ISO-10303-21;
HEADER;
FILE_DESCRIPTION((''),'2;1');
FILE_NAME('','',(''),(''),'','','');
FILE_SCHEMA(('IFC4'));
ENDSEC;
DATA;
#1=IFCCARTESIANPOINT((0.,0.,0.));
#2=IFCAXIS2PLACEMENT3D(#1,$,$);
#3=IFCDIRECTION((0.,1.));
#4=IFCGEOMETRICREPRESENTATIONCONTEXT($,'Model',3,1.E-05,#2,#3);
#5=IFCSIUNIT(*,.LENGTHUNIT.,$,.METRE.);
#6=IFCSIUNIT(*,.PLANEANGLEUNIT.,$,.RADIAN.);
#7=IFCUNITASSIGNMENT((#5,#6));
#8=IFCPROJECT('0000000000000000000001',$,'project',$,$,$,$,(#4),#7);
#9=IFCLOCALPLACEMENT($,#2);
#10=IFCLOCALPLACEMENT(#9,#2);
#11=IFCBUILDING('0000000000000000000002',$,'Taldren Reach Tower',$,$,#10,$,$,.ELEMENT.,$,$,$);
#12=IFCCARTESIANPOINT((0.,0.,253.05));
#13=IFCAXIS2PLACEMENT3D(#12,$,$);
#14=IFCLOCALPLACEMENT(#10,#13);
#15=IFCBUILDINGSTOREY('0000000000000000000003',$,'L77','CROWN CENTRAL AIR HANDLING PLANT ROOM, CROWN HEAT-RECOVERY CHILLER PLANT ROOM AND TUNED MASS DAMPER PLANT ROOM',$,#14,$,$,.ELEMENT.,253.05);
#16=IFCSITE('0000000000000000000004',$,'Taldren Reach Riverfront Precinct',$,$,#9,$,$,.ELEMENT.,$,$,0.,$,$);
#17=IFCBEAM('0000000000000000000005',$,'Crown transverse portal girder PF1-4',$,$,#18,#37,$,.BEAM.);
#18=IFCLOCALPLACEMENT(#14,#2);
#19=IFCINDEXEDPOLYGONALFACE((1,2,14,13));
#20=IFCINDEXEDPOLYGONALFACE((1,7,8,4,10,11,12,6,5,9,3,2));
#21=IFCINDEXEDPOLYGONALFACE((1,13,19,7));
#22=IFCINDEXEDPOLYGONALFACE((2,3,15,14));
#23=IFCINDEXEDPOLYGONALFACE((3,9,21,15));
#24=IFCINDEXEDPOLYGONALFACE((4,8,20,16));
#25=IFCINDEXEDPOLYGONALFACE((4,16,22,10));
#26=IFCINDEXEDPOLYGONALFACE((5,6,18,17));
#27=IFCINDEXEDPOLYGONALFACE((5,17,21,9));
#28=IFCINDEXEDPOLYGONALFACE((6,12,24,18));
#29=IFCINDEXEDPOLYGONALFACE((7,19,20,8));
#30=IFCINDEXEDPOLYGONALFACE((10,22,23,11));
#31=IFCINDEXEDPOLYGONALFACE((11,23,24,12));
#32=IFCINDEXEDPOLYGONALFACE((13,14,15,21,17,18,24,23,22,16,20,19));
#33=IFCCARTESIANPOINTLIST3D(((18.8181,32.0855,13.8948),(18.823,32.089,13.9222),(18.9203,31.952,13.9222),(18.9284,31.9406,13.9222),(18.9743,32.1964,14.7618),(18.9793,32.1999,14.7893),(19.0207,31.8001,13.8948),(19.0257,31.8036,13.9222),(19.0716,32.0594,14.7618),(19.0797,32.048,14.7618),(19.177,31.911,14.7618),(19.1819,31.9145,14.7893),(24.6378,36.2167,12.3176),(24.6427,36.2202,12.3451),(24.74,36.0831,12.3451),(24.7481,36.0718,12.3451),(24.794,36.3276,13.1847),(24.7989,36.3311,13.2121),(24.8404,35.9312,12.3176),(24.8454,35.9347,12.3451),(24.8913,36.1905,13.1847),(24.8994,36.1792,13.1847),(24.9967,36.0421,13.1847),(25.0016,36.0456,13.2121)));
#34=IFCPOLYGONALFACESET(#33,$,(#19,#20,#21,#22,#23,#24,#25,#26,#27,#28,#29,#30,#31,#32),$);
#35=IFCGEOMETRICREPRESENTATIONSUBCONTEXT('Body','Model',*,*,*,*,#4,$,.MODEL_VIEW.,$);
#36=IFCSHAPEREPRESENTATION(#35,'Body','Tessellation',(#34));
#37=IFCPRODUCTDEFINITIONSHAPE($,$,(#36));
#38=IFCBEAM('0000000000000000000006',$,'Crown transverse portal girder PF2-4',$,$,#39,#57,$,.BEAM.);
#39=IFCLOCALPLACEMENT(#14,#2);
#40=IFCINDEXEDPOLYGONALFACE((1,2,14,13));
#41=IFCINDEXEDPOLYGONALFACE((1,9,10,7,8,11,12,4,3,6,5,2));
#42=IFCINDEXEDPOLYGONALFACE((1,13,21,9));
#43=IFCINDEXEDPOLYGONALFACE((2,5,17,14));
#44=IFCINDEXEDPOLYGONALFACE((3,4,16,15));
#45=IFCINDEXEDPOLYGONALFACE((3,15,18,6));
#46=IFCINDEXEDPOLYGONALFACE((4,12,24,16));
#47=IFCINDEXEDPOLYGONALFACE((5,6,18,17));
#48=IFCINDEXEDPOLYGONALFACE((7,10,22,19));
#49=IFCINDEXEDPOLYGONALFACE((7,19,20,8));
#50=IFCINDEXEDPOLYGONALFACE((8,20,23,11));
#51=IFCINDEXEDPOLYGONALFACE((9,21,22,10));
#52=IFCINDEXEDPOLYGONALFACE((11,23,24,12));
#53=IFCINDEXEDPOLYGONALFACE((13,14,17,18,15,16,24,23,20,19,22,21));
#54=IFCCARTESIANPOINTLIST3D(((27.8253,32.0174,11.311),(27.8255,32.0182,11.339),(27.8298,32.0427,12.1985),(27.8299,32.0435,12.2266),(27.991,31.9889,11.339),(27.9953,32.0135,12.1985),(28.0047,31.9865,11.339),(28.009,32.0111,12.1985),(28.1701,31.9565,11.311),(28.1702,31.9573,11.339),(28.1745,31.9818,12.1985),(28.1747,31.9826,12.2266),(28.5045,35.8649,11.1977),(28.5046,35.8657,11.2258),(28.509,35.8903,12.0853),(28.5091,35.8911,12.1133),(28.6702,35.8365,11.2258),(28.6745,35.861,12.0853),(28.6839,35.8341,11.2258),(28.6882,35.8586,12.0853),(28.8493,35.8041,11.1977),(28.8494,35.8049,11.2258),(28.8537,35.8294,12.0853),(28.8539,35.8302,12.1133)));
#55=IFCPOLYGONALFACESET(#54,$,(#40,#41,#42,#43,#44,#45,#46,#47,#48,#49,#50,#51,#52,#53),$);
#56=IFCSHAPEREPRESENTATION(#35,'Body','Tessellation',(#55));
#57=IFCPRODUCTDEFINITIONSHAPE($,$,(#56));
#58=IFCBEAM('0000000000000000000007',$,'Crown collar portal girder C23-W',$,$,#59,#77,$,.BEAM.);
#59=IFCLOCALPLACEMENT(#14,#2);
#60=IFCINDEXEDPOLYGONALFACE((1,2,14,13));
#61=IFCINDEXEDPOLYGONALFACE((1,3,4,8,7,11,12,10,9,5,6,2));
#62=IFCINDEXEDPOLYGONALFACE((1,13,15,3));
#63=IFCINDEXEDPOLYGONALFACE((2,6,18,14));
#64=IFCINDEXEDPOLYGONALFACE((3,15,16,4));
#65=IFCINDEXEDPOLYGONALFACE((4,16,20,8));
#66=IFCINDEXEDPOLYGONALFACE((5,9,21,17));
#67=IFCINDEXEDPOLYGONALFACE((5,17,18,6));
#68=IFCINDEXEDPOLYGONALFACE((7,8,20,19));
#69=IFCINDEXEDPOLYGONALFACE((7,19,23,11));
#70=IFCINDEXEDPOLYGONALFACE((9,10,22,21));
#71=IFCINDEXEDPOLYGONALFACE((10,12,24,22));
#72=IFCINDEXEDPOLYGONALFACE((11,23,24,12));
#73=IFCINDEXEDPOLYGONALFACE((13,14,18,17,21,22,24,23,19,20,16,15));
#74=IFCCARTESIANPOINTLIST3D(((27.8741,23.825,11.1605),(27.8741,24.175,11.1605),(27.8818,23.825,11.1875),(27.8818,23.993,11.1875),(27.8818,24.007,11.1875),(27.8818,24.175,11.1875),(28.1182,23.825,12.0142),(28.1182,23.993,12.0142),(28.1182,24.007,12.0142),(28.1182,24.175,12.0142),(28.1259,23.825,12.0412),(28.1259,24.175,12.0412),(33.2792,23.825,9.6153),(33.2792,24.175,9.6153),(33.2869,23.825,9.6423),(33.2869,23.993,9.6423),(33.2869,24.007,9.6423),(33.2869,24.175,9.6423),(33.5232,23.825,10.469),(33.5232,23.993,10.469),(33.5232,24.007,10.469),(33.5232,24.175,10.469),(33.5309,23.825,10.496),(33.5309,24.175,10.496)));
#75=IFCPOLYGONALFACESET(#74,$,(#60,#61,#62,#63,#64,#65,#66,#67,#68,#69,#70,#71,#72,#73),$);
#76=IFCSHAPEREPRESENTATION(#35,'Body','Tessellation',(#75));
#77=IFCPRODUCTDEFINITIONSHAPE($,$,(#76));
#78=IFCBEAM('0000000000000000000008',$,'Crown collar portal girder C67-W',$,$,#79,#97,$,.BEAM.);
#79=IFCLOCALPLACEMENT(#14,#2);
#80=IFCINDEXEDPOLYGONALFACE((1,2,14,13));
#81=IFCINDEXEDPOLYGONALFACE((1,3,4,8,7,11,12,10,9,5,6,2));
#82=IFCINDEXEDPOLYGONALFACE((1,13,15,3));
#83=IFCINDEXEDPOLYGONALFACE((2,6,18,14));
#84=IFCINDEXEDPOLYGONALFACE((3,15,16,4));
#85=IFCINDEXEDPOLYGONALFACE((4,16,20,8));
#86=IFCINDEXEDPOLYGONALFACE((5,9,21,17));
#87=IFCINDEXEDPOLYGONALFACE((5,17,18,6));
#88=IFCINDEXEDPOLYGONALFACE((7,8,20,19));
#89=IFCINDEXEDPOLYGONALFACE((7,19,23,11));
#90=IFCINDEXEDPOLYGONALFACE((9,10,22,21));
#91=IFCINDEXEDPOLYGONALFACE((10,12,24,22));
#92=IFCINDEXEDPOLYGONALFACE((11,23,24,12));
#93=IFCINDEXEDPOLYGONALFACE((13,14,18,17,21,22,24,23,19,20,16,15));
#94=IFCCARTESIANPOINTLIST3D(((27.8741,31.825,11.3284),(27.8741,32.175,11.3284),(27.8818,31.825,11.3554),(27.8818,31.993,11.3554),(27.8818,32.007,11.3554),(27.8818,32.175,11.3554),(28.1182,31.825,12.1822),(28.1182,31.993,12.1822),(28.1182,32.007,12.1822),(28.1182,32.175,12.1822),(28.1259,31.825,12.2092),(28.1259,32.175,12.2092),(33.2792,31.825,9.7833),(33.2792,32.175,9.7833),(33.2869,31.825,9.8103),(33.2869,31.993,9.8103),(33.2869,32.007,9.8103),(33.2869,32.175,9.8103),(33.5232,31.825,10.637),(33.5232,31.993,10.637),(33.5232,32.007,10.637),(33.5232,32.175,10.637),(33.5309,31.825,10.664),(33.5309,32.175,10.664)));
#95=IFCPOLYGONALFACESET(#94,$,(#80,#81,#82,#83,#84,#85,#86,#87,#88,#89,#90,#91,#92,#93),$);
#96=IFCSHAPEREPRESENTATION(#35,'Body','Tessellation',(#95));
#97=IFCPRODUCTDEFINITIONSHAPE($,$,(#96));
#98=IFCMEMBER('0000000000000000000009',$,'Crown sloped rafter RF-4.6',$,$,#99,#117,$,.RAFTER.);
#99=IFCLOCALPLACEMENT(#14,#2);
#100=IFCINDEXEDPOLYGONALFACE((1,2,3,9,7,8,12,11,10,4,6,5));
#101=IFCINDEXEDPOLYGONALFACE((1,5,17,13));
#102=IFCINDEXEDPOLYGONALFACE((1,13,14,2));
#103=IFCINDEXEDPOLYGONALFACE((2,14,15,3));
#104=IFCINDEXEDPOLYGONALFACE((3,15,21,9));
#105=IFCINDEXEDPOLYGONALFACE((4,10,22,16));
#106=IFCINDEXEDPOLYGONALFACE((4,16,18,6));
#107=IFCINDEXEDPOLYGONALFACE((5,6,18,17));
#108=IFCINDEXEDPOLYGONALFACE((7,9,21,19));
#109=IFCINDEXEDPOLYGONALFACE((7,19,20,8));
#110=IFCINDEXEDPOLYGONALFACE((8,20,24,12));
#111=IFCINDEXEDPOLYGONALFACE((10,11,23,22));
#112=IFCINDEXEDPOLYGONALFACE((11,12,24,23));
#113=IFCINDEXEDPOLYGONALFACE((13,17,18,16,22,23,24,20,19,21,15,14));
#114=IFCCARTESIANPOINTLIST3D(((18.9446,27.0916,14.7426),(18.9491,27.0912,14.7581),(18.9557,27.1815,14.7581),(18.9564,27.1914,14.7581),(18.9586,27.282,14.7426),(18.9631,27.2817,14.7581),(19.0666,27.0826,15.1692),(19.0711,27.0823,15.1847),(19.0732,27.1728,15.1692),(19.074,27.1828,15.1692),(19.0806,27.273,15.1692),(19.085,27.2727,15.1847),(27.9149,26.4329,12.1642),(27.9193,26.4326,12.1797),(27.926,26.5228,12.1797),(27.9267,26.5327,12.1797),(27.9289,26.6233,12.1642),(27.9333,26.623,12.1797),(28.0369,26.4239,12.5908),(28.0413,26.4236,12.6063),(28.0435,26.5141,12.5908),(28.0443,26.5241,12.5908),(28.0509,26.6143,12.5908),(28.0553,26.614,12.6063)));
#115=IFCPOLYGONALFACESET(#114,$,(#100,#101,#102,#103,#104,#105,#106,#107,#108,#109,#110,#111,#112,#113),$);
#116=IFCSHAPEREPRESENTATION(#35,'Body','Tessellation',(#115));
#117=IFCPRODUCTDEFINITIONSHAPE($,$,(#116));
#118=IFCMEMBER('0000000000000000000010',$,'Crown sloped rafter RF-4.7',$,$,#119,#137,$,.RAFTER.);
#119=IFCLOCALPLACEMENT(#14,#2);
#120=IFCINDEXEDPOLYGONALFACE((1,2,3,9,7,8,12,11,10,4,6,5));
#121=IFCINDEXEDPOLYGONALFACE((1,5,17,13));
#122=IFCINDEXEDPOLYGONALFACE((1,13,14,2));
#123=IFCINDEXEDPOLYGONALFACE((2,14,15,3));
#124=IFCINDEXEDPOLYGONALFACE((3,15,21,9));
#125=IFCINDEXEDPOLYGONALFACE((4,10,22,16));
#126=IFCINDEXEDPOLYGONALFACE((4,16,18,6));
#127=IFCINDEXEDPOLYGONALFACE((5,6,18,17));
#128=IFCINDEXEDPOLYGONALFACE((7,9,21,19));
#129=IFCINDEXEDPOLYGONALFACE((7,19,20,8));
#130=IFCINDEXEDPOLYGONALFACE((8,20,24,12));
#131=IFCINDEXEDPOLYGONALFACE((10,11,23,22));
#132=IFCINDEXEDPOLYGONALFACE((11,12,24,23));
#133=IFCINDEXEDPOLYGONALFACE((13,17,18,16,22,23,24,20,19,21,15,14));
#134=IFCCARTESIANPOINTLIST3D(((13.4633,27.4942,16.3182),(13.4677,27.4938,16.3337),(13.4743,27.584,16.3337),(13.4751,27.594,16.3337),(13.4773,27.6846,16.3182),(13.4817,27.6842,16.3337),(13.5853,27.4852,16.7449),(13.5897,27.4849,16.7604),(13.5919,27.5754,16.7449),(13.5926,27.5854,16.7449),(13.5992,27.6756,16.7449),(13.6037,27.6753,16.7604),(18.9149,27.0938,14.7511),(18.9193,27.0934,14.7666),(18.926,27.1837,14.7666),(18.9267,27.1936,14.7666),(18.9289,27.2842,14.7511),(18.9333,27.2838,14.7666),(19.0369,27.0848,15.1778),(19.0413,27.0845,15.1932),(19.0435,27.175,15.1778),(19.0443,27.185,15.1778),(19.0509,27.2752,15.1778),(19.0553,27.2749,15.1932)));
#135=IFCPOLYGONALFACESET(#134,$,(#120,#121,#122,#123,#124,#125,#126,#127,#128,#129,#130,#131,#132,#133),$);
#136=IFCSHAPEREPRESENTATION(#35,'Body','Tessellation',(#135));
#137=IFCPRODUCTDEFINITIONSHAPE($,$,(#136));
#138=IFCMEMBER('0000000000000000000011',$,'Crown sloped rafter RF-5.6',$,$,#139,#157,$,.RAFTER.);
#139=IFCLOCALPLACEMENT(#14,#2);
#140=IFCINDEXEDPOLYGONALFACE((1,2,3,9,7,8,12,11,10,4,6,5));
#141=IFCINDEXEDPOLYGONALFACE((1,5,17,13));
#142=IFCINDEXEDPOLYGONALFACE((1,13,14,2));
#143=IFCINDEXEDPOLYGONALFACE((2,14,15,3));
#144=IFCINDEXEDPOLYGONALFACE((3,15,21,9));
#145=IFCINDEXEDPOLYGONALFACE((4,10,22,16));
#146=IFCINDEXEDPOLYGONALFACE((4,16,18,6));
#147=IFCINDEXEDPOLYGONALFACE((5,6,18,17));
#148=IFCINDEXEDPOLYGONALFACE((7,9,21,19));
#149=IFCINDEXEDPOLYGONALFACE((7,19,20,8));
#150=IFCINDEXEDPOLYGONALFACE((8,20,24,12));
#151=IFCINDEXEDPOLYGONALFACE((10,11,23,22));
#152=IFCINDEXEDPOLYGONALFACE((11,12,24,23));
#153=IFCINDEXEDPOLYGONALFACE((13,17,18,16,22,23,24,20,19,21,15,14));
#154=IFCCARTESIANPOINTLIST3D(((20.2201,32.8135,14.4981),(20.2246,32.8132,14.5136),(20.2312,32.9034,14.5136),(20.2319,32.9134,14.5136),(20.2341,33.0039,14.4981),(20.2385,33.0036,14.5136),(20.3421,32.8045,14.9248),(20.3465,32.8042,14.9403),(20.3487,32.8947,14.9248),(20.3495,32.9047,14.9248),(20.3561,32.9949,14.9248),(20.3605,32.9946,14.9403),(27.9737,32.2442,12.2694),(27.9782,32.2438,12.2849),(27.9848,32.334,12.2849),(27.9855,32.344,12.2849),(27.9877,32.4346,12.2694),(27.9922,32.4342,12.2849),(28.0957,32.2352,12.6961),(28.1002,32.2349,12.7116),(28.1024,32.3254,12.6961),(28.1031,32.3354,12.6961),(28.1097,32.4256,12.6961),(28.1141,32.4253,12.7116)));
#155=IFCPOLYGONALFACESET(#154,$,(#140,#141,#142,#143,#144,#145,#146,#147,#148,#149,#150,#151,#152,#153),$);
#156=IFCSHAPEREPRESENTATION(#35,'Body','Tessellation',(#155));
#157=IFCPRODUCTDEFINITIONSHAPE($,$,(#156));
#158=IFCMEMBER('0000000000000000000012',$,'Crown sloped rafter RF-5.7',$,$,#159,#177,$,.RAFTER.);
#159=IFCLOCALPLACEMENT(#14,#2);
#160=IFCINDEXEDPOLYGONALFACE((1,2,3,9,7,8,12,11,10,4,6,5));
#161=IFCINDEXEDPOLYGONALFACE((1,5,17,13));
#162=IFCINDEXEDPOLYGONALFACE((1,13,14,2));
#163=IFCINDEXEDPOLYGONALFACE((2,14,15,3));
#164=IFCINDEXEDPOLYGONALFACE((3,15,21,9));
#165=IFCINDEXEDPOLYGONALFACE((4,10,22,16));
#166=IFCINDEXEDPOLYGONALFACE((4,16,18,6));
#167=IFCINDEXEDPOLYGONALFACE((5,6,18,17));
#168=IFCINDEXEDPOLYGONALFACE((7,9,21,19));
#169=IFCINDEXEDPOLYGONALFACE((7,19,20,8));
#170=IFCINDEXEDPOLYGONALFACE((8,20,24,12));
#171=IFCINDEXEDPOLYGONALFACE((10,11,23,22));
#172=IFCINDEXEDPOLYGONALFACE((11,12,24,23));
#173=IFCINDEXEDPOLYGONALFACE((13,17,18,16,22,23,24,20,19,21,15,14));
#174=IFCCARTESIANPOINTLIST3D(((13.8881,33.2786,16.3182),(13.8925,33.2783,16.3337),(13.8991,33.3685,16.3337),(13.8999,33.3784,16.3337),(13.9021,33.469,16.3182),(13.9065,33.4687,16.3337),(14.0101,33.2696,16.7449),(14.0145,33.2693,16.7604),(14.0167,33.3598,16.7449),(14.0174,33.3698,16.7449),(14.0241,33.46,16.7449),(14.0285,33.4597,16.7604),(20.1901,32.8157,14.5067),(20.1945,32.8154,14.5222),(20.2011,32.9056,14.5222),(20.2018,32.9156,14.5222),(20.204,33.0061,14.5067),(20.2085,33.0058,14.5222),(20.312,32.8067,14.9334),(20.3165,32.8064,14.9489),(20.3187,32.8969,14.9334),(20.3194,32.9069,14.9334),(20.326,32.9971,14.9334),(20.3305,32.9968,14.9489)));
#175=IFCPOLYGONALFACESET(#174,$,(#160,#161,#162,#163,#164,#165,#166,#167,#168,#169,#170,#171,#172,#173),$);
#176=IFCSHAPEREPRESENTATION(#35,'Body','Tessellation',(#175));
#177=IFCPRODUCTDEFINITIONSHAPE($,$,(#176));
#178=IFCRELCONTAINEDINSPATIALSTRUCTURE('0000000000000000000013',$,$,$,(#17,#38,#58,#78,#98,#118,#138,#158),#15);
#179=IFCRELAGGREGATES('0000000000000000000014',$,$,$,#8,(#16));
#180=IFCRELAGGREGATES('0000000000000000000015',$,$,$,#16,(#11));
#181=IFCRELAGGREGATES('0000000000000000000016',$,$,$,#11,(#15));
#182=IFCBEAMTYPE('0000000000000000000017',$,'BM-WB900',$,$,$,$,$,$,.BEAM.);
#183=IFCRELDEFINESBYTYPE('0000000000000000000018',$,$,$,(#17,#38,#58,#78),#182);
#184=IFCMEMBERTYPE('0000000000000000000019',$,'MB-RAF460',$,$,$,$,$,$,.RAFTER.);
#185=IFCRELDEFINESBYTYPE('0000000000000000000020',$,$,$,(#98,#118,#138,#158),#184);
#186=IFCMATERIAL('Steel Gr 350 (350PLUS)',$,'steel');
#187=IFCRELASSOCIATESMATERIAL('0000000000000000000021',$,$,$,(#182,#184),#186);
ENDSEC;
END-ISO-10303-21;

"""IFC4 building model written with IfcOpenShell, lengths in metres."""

from ifc_helpers import new_model, si_unit, direction, frame, origin, origin_2d, place, context, subcontext, project, spatial, i_section, extrude, source, transform, mapped, material, material_profile, profile_set, type_object, element, save


model = new_model("IFC4")

# Units and contexts
model_context = context("Model", 3, precision=1e-05, world=origin(), true_north=direction((0.0, 1.0)))
body_context = subcontext(model_context, "Body", "Model", "MODEL_VIEW")
ifc_project = project(units=[si_unit("LENGTHUNIT", "METRE"), si_unit("PLANEANGLEUNIT", "RADIAN")], contexts=[model_context])

# Site, building, storey
site_placement = place(None, origin())
site = spatial("IfcSite", under=ifc_project, at=site_placement, Name="Taldren Reach Riverfront Precinct", CompositionType="ELEMENT", RefElevation=0.0)
building_placement = place(site_placement, origin())
building = spatial("IfcBuilding", under=site, at=building_placement, Name="Taldren Reach Tower", CompositionType="ELEMENT")
storey_placement = place(building_placement, frame((0.0, 0.0, 253.05)))
storey = spatial("IfcBuildingStorey", under=building, at=storey_placement, Name="L77", Description="CROWN CENTRAL AIR HANDLING PLANT ROOM, CROWN HEAT-RECOVERY CHILLER PLANT ROOM AND TUNED MASS DAMPER PLANT ROOM", CompositionType="ELEMENT", Elevation=253.05)

# Shared definitions
ifc_material_1 = material(Name="Steel Gr 350 (350PLUS)", Category="steel")

# Beams
ifc_material_profile_1 = material_profile(ifc_material_1, i_section(OverallWidth=0.3501, OverallDepth=0.916, WebThickness=0.0139, FlangeThickness=0.0281, at=origin_2d()), Name="900WB257")
ifc_profile_set_1 = profile_set([ifc_material_profile_1], Name="Steel Gr 350 (350PLUS)")
beam_type_1 = type_object("IfcBeamType", Name="BM-WB900", PredefinedType="BEAM", material=ifc_profile_set_1)
shared_shape_1 = source(origin(), body_context, "Body", "SweptSolid", [
    extrude(i_section(OverallWidth=0.3501, OverallDepth=0.916, WebThickness=0.0139, FlangeThickness=0.0281, at=origin_2d()), origin(), (0.0, 0.0, 1.0), 7.3091),
])
beam_1_placement = place(storey_placement, frame((19.0, 32.0, 14.342), z_axis=(0.796225, 0.565211, -0.215783), x_axis=(-0.578848, 0.815436, 0.0)))
element("IfcBeam", 1, at=beam_1_placement, inside=storey, type_object=beam_type_1, Name="Crown transverse portal girder PF1-4", PredefinedType="BEAM", context=body_context, shape_type="MappedRepresentation", body=[
    mapped(shared_shape_1, transform((0.0, 0.0, 0.0), scale=1.0)),
])
shared_shape_2 = source(origin(), body_context, "Body", "SweptSolid", [
    extrude(i_section(OverallWidth=0.3501, OverallDepth=0.916, WebThickness=0.0139, FlangeThickness=0.0281, at=origin_2d()), origin(), (0.0, 0.0, 1.0), 3.9087),
])
beam_2_placement = place(storey_placement, frame((28.0, 32.0, 11.7688), z_axis=(0.173762, 0.984361, -0.028981), x_axis=(-0.984775, 0.173835, 0.0)))
element("IfcBeam", 2, at=beam_2_placement, inside=storey, type_object=beam_type_1, Name="Crown transverse portal girder PF2-4", PredefinedType="BEAM", context=body_context, shape_type="MappedRepresentation", body=[
    mapped(shared_shape_2, transform((0.0, 0.0, 0.0), scale=1.0)),
])
shared_shape_3 = source(origin(), body_context, "Body", "SweptSolid", [
    extrude(i_section(OverallWidth=0.3501, OverallDepth=0.916, WebThickness=0.0139, FlangeThickness=0.0281, at=origin_2d()), origin(), (0.0, 0.0, 1.0), 5.6216),
])
for number, where, z_axis, x_axis, name in (
    (3, (28.0, 24.0, 11.6008), (0.961483, 0.0, -0.274865), (0.0, 1.0, 0.0), "Crown collar portal girder C23-W"),
    (4, (28.0, 32.0, 11.7688), (0.961483, 0.0, -0.274865), (0.0, 1.0, 0.0), "Crown collar portal girder C67-W"),
):
    element("IfcBeam", number, at=place(storey_placement, frame(where, z_axis=z_axis, x_axis=x_axis)), inside=storey, type_object=beam_type_1, Name=name, PredefinedType="BEAM", context=body_context, shape_type="MappedRepresentation", body=[
        mapped(shared_shape_3, transform((0.0, 0.0, 0.0), scale=1.0)),
    ])

# Members
ifc_material_profile_2 = material_profile(ifc_material_1, i_section(OverallWidth=0.1909, OverallDepth=0.46, WebThickness=0.01, FlangeThickness=0.0161, at=origin_2d()), Name="460UB82.1")
ifc_profile_set_2 = profile_set([ifc_material_profile_2], Name="Steel Gr 350 (350PLUS)")
member_type_1 = type_object("IfcMemberType", Name="MB-RAF460", PredefinedType="RAFTER", material=ifc_profile_set_2)
shared_shape_4 = source(origin(), body_context, "Body", "SweptSolid", [
    extrude(i_section(OverallWidth=0.1909, OverallDepth=0.46, WebThickness=0.01, FlangeThickness=0.0161, at=origin_2d()), origin(), (0.0, 0.0, 1.0), 9.3567),
])
member_1_placement = place(storey_placement, frame((27.9851, 26.5234, 12.3853), z_axis=(-0.958701, 0.070398, 0.275566), x_axis=(-0.073234, -0.997315, 0.0)))
element("IfcMember", 5, at=member_1_placement, inside=storey, type_object=member_type_1, Name="Crown sloped rafter RF-4.6", PredefinedType="RAFTER", context=body_context, shape_type="MappedRepresentation", body=[
    mapped(shared_shape_4, transform((0.0, 0.0, 0.0), scale=1.0)),
])
shared_shape_5 = source(origin(), body_context, "Body", "SweptSolid", [
    extrude(i_section(OverallWidth=0.1909, OverallDepth=0.46, WebThickness=0.01, FlangeThickness=0.0161, at=origin_2d()), origin(), (0.0, 0.0, 1.0), 5.6865),
])
member_2_placement = place(storey_placement, frame((18.9851, 27.1843, 14.9722), z_axis=(-0.958694, 0.07041, 0.275587), x_axis=(-0.073247, -0.997314, 0.0)))
element("IfcMember", 6, at=member_2_placement, inside=storey, type_object=member_type_1, Name="Crown sloped rafter RF-4.7", PredefinedType="RAFTER", context=body_context, shape_type="MappedRepresentation", body=[
    mapped(shared_shape_5, transform((0.0, 0.0, 0.0), scale=1.0)),
])
shared_shape_6 = source(origin(), body_context, "Body", "SweptSolid", [
    extrude(i_section(OverallWidth=0.1909, OverallDepth=0.46, WebThickness=0.01, FlangeThickness=0.0161, at=origin_2d()), origin(), (0.0, 0.0, 1.0), 8.0876),
])
member_3_placement = place(storey_placement, frame((28.0439, 32.3347, 12.4905), z_axis=(-0.958699, 0.070395, 0.275574), x_axis=(-0.073231, -0.997315, 0.0)))
element("IfcMember", 7, at=member_3_placement, inside=storey, type_object=member_type_1, Name="Crown sloped rafter RF-5.6", PredefinedType="RAFTER", context=body_context, shape_type="MappedRepresentation", body=[
    mapped(shared_shape_6, transform((0.0, 0.0, 0.0), scale=1.0)),
])
shared_shape_7 = source(origin(), body_context, "Body", "SweptSolid", [
    extrude(i_section(OverallWidth=0.1909, OverallDepth=0.46, WebThickness=0.01, FlangeThickness=0.0161, at=origin_2d()), origin(), (0.0, 0.0, 1.0), 6.5735),
])
member_4_placement = place(storey_placement, frame((20.2603, 32.9062, 14.7278), z_axis=(-0.958696, 0.070418, 0.275579), x_axis=(-0.073254, -0.997313, 0.0)))
element("IfcMember", 8, at=member_4_placement, inside=storey, type_object=member_type_1, Name="Crown sloped rafter RF-5.7", PredefinedType="RAFTER", context=body_context, shape_type="MappedRepresentation", body=[
    mapped(shared_shape_7, transform((0.0, 0.0, 0.0), scale=1.0)),
])

save(model, "model.ifc")
